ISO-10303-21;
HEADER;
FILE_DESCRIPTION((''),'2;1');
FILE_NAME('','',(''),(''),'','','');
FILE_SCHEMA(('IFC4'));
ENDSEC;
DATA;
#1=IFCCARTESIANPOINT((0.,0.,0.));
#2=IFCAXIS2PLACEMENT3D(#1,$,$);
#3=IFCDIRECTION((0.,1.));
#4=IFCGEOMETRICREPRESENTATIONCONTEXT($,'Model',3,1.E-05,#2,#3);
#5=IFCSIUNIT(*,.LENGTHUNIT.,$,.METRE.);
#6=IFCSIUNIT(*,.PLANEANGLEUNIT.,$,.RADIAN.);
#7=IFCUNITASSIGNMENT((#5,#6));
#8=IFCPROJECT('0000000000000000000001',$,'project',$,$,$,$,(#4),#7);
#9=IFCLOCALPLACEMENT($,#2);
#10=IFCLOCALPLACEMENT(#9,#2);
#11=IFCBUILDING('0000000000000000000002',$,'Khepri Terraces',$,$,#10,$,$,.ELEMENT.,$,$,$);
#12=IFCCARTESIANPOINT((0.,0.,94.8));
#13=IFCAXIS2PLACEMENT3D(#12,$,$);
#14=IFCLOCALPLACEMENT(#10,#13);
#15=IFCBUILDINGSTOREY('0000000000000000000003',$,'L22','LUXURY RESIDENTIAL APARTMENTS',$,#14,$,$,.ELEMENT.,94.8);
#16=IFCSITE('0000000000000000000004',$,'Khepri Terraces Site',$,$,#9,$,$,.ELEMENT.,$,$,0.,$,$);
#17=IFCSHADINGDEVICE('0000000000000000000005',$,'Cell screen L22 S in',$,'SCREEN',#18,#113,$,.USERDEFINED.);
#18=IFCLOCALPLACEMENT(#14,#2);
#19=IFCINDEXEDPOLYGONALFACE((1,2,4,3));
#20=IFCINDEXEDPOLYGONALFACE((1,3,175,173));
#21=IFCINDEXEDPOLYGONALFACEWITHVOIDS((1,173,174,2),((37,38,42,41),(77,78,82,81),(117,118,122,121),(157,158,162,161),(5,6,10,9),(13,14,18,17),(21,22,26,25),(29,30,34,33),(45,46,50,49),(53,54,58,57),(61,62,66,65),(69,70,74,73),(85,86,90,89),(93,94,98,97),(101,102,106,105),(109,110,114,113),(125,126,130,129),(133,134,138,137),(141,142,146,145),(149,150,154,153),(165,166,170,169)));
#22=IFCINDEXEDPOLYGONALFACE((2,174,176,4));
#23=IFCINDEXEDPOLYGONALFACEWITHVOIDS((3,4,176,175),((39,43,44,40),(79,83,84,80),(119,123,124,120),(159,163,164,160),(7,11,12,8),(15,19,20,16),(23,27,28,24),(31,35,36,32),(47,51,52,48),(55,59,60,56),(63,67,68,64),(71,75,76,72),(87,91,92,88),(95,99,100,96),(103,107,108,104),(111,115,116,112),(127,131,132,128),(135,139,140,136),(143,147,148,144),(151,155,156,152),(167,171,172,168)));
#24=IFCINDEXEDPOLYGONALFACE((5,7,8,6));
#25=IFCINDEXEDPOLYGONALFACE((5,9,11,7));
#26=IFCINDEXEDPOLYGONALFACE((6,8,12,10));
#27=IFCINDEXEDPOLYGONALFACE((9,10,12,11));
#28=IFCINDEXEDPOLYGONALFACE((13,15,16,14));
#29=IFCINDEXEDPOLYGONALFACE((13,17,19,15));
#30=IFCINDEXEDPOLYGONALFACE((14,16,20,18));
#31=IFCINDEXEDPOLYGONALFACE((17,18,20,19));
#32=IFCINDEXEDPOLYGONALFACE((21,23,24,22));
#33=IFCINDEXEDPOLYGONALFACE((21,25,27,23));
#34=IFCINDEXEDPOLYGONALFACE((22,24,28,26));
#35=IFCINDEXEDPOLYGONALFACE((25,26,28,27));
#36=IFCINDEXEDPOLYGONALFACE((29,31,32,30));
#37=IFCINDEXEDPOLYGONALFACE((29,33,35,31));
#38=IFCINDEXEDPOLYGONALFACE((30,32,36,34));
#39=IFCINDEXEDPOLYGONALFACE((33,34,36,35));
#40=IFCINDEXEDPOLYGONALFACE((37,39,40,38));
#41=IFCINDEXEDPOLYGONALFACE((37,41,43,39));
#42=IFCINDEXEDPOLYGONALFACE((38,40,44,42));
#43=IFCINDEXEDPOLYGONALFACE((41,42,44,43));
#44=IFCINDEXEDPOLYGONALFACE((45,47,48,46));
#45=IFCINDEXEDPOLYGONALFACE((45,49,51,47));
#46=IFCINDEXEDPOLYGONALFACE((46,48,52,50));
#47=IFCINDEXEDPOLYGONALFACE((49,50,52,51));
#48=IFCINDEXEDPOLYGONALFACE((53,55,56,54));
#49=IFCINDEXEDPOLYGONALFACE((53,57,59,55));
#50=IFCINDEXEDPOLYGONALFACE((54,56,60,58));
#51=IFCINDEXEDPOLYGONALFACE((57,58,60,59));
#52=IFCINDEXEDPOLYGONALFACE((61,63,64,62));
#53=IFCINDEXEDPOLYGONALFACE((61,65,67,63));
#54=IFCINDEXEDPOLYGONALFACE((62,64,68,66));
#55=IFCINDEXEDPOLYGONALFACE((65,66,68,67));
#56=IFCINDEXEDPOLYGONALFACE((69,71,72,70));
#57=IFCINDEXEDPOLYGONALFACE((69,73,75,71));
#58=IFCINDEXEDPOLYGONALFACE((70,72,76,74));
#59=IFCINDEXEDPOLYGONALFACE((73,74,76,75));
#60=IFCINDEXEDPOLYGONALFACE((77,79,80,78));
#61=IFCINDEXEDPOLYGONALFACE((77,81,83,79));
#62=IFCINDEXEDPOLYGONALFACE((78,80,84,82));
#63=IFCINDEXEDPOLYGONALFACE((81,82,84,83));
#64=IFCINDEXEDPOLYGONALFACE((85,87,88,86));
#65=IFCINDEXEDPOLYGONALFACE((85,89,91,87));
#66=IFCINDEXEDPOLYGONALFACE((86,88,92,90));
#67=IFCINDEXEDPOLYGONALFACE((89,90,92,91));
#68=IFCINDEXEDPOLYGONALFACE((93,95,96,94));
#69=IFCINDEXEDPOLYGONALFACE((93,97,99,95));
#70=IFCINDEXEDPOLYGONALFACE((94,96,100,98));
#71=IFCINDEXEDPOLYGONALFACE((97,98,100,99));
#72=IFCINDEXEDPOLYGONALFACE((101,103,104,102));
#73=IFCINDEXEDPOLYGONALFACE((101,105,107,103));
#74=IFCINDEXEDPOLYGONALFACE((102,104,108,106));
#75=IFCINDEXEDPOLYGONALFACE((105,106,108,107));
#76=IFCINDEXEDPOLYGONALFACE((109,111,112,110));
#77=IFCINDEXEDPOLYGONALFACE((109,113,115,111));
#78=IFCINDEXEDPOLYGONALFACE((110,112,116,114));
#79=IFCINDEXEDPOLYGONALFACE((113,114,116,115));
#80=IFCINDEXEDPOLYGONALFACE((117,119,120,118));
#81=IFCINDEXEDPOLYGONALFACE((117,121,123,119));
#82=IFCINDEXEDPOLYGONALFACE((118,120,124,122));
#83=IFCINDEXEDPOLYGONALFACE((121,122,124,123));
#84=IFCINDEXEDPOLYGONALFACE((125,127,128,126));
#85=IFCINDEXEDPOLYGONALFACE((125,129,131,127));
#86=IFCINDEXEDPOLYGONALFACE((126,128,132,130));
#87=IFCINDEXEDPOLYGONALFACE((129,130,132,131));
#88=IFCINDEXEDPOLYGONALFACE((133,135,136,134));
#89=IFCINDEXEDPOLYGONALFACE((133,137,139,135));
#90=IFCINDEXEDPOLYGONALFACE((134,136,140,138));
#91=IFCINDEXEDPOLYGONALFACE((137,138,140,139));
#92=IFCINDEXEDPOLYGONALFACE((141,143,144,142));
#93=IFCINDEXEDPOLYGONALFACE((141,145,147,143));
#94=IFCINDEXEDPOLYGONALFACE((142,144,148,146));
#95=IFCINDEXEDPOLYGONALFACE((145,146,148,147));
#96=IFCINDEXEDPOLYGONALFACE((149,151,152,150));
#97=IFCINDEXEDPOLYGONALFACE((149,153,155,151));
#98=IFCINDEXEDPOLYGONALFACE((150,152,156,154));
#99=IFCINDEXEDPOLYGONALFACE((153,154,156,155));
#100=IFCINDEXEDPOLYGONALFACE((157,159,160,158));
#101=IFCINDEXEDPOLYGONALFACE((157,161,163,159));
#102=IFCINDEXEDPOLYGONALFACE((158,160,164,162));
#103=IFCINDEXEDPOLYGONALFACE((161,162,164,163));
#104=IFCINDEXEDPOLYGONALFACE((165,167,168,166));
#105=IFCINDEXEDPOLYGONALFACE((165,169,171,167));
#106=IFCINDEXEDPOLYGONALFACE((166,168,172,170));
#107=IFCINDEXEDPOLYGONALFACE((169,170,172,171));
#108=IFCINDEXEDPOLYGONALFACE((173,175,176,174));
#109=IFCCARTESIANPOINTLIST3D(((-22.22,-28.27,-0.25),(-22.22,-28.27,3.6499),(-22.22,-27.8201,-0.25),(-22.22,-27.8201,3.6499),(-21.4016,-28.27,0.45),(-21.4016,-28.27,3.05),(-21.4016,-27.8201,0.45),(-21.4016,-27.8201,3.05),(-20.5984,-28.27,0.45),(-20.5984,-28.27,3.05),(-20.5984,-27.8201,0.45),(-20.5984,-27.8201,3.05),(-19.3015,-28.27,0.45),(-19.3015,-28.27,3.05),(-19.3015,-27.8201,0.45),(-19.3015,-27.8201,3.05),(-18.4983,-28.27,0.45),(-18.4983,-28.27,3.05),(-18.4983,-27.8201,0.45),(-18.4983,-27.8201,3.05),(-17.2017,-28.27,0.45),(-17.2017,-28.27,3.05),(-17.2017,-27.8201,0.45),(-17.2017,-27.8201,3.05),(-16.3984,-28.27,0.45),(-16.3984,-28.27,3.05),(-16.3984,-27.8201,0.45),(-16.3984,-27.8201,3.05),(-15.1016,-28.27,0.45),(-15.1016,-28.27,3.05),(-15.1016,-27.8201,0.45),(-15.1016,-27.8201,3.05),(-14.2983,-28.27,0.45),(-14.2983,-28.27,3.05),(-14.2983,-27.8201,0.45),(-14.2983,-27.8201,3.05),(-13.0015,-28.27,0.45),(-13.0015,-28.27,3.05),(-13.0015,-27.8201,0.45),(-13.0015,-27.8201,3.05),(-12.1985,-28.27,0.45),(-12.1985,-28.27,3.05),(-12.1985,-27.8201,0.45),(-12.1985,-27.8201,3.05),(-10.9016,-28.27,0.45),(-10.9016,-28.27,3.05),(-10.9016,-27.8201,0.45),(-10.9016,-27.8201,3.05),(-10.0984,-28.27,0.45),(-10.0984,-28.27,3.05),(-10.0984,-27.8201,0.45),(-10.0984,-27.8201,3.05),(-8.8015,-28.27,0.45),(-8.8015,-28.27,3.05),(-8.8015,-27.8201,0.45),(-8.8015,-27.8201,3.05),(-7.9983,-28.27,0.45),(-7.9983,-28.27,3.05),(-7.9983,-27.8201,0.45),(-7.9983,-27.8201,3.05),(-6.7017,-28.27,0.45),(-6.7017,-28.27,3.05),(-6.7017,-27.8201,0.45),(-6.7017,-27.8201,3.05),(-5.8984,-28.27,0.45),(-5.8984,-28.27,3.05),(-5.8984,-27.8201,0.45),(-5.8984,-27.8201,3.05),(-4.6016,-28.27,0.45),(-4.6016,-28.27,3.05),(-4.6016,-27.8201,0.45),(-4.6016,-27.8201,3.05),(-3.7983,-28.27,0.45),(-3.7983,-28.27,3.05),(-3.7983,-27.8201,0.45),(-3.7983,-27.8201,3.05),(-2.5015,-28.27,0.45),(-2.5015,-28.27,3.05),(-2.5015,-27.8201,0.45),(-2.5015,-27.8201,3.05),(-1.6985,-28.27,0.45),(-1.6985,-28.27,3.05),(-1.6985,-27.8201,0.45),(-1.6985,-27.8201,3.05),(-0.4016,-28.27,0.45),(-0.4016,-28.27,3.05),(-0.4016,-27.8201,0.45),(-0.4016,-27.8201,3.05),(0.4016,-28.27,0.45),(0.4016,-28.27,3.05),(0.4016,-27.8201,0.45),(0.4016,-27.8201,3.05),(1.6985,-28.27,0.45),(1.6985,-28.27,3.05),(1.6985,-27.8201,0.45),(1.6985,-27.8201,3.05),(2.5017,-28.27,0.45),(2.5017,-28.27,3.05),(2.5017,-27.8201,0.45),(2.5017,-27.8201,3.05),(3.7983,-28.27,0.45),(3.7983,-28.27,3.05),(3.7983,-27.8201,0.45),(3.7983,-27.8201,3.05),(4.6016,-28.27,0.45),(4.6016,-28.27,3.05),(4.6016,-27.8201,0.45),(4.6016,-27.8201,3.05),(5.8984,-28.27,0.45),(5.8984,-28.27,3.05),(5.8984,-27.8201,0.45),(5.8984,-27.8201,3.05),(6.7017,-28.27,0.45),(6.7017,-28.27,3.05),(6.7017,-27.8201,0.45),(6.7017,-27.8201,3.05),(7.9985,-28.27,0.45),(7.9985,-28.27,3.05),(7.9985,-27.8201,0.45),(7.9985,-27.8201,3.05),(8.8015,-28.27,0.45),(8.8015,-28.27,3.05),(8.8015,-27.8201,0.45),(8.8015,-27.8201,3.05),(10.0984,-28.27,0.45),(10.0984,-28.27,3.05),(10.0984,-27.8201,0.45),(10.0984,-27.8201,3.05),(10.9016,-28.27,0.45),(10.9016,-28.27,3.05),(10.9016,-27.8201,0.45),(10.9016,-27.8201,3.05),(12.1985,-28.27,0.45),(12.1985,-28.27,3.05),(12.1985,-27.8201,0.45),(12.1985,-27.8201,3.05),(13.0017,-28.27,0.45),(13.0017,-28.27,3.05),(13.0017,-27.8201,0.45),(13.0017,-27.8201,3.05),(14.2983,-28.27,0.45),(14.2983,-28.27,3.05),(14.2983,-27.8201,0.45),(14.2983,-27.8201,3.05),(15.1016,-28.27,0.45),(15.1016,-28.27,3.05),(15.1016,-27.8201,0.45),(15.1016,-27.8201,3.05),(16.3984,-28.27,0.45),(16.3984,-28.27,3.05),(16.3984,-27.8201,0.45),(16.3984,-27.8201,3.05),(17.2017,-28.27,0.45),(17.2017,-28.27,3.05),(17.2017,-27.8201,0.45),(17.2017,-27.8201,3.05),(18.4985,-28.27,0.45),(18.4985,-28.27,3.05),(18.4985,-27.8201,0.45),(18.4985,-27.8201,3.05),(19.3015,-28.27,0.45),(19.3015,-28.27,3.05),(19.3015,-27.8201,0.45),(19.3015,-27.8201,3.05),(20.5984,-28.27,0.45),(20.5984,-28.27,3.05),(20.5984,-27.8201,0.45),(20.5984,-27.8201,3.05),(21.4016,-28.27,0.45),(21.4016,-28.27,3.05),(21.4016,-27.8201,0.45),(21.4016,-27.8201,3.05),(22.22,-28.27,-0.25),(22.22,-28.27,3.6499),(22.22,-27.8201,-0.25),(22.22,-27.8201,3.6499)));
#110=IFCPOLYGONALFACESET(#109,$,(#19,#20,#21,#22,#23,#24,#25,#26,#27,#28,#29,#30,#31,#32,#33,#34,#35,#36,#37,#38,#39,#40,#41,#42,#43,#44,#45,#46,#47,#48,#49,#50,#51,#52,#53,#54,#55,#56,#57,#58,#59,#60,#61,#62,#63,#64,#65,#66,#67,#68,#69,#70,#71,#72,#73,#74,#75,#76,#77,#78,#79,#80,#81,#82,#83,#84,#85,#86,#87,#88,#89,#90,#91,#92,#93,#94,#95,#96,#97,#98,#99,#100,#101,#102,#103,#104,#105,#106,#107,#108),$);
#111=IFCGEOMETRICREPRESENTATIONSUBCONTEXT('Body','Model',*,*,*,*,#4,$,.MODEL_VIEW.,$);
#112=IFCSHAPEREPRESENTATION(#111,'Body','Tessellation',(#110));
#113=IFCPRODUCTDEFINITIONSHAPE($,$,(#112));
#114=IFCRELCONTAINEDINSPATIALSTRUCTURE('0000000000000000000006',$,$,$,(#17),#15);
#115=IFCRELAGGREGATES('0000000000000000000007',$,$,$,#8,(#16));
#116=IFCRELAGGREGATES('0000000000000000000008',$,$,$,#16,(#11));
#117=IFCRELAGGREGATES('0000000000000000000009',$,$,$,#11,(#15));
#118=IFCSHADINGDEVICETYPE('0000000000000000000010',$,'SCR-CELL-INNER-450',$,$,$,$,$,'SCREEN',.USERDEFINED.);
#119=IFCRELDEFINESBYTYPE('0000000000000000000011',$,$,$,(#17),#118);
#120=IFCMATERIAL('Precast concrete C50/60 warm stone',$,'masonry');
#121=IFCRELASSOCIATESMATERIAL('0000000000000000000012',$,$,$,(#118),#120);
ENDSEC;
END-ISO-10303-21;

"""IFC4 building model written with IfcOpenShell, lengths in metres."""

from ifc_helpers import new_model, si_unit, direction, frame, origin, place, context, subcontext, project, spatial, polyline, outline, extrude, material, type_object, element, save


model = new_model("IFC4")

# Units and contexts
model_context = context("Model", 3, precision=1e-05, world=origin(), true_north=direction((0.0, 1.0)))
body_context = subcontext(model_context, "Body", "Model", "MODEL_VIEW")
ifc_project = project(units=[si_unit("LENGTHUNIT", "METRE"), si_unit("PLANEANGLEUNIT", "RADIAN")], contexts=[model_context])

# Site, building, storey
site_placement = place(None, origin())
site = spatial("IfcSite", under=ifc_project, at=site_placement, Name="Khepri Terraces Site", CompositionType="ELEMENT", RefElevation=0.0)
building_placement = place(site_placement, origin())
building = spatial("IfcBuilding", under=site, at=building_placement, Name="Khepri Terraces", CompositionType="ELEMENT")
storey_placement = place(building_placement, frame((0.0, 0.0, 94.8)))
storey = spatial("IfcBuildingStorey", under=building, at=storey_placement, Name="L22", Description="LUXURY RESIDENTIAL APARTMENTS", CompositionType="ELEMENT", Elevation=94.8)

# Shared definitions
ifc_material_1 = material(Name="Precast concrete C50/60 warm stone", Category="masonry")

# Shading device
shading_device_type_1 = type_object("IfcShadingDeviceType", Name="SCR-CELL-INNER-450", ElementType="SCREEN", PredefinedType="USERDEFINED", material=ifc_material_1)
shading_device_1_placement = place(storey_placement, frame((-22.22, -27.8201, -0.25), z_axis=(0.0, -1.0, 0.0), x_axis=(1.0, 0.0, 0.0)))
element("IfcShadingDevice", 1, at=shading_device_1_placement, inside=storey, type_object=shading_device_type_1, Name="Cell screen L22 S in", ObjectType="SCREEN", PredefinedType="USERDEFINED", context=body_context, shape_type="SweptSolid", body=[
    extrude(outline(polyline([(0.0, 0.0), (44.4399, 0.0), (44.4399, 3.8999), (0.0, 3.8999), (0.0, 0.0)]), holes=[polyline([(0.8184, 0.7), (1.6216, 0.7), (1.6216, 3.3), (0.8184, 3.3), (0.8184, 0.7)]), polyline([(2.9185, 0.7), (3.7217, 0.7), (3.7217, 3.3), (2.9185, 3.3), (2.9185, 0.7)]), polyline([(5.0183, 0.7), (5.8215, 0.7), (5.8215, 3.3), (5.0183, 3.3), (5.0183, 0.7)]), polyline([(7.1184, 0.7), (7.9216, 0.7), (7.9216, 3.3), (7.1184, 3.3), (7.1184, 0.7)]), polyline([(9.2185, 0.7), (10.0215, 0.7), (10.0215, 3.3), (9.2185, 3.3), (9.2185, 0.7)]), polyline([(11.3184, 0.7), (12.1216, 0.7), (12.1216, 3.3), (11.3184, 3.3), (11.3184, 0.7)]), polyline([(13.4185, 0.7), (14.2217, 0.7), (14.2217, 3.3), (13.4185, 3.3), (13.4185, 0.7)]), polyline([(15.5183, 0.7), (16.3215, 0.7), (16.3215, 3.3), (15.5183, 3.3), (15.5183, 0.7)]), polyline([(17.6184, 0.7), (18.4216, 0.7), (18.4216, 3.3), (17.6184, 3.3), (17.6184, 0.7)]), polyline([(19.7185, 0.7), (20.5215, 0.7), (20.5215, 3.3), (19.7185, 3.3), (19.7185, 0.7)]), polyline([(21.8184, 0.7), (22.6216, 0.7), (22.6216, 3.3), (21.8184, 3.3), (21.8184, 0.7)]), polyline([(23.9185, 0.7), (24.7217, 0.7), (24.7217, 3.3), (23.9185, 3.3), (23.9185, 0.7)]), polyline([(26.0183, 0.7), (26.8215, 0.7), (26.8215, 3.3), (26.0183, 3.3), (26.0183, 0.7)]), polyline([(28.1184, 0.7), (28.9216, 0.7), (28.9216, 3.3), (28.1184, 3.3), (28.1184, 0.7)]), polyline([(30.2185, 0.7), (31.0215, 0.7), (31.0215, 3.3), (30.2185, 3.3), (30.2185, 0.7)]), polyline([(32.3184, 0.7), (33.1216, 0.7), (33.1216, 3.3), (32.3184, 3.3), (32.3184, 0.7)]), polyline([(34.4185, 0.7), (35.2217, 0.7), (35.2217, 3.3), (34.4185, 3.3), (34.4185, 0.7)]), polyline([(36.5183, 0.7), (37.3215, 0.7), (37.3215, 3.3), (36.5183, 3.3), (36.5183, 0.7)]), polyline([(38.6184, 0.7), (39.4216, 0.7), (39.4216, 3.3), (38.6184, 3.3), (38.6184, 0.7)]), polyline([(40.7185, 0.7), (41.5215, 0.7), (41.5215, 3.3), (40.7185, 3.3), (40.7185, 0.7)]), polyline([(42.8184, 0.7), (43.6216, 0.7), (43.6216, 3.3), (42.8184, 3.3), (42.8184, 0.7)])]), origin(), (0.0, 0.0, 1.0), 0.45),
])

save(model, "model.ifc")
